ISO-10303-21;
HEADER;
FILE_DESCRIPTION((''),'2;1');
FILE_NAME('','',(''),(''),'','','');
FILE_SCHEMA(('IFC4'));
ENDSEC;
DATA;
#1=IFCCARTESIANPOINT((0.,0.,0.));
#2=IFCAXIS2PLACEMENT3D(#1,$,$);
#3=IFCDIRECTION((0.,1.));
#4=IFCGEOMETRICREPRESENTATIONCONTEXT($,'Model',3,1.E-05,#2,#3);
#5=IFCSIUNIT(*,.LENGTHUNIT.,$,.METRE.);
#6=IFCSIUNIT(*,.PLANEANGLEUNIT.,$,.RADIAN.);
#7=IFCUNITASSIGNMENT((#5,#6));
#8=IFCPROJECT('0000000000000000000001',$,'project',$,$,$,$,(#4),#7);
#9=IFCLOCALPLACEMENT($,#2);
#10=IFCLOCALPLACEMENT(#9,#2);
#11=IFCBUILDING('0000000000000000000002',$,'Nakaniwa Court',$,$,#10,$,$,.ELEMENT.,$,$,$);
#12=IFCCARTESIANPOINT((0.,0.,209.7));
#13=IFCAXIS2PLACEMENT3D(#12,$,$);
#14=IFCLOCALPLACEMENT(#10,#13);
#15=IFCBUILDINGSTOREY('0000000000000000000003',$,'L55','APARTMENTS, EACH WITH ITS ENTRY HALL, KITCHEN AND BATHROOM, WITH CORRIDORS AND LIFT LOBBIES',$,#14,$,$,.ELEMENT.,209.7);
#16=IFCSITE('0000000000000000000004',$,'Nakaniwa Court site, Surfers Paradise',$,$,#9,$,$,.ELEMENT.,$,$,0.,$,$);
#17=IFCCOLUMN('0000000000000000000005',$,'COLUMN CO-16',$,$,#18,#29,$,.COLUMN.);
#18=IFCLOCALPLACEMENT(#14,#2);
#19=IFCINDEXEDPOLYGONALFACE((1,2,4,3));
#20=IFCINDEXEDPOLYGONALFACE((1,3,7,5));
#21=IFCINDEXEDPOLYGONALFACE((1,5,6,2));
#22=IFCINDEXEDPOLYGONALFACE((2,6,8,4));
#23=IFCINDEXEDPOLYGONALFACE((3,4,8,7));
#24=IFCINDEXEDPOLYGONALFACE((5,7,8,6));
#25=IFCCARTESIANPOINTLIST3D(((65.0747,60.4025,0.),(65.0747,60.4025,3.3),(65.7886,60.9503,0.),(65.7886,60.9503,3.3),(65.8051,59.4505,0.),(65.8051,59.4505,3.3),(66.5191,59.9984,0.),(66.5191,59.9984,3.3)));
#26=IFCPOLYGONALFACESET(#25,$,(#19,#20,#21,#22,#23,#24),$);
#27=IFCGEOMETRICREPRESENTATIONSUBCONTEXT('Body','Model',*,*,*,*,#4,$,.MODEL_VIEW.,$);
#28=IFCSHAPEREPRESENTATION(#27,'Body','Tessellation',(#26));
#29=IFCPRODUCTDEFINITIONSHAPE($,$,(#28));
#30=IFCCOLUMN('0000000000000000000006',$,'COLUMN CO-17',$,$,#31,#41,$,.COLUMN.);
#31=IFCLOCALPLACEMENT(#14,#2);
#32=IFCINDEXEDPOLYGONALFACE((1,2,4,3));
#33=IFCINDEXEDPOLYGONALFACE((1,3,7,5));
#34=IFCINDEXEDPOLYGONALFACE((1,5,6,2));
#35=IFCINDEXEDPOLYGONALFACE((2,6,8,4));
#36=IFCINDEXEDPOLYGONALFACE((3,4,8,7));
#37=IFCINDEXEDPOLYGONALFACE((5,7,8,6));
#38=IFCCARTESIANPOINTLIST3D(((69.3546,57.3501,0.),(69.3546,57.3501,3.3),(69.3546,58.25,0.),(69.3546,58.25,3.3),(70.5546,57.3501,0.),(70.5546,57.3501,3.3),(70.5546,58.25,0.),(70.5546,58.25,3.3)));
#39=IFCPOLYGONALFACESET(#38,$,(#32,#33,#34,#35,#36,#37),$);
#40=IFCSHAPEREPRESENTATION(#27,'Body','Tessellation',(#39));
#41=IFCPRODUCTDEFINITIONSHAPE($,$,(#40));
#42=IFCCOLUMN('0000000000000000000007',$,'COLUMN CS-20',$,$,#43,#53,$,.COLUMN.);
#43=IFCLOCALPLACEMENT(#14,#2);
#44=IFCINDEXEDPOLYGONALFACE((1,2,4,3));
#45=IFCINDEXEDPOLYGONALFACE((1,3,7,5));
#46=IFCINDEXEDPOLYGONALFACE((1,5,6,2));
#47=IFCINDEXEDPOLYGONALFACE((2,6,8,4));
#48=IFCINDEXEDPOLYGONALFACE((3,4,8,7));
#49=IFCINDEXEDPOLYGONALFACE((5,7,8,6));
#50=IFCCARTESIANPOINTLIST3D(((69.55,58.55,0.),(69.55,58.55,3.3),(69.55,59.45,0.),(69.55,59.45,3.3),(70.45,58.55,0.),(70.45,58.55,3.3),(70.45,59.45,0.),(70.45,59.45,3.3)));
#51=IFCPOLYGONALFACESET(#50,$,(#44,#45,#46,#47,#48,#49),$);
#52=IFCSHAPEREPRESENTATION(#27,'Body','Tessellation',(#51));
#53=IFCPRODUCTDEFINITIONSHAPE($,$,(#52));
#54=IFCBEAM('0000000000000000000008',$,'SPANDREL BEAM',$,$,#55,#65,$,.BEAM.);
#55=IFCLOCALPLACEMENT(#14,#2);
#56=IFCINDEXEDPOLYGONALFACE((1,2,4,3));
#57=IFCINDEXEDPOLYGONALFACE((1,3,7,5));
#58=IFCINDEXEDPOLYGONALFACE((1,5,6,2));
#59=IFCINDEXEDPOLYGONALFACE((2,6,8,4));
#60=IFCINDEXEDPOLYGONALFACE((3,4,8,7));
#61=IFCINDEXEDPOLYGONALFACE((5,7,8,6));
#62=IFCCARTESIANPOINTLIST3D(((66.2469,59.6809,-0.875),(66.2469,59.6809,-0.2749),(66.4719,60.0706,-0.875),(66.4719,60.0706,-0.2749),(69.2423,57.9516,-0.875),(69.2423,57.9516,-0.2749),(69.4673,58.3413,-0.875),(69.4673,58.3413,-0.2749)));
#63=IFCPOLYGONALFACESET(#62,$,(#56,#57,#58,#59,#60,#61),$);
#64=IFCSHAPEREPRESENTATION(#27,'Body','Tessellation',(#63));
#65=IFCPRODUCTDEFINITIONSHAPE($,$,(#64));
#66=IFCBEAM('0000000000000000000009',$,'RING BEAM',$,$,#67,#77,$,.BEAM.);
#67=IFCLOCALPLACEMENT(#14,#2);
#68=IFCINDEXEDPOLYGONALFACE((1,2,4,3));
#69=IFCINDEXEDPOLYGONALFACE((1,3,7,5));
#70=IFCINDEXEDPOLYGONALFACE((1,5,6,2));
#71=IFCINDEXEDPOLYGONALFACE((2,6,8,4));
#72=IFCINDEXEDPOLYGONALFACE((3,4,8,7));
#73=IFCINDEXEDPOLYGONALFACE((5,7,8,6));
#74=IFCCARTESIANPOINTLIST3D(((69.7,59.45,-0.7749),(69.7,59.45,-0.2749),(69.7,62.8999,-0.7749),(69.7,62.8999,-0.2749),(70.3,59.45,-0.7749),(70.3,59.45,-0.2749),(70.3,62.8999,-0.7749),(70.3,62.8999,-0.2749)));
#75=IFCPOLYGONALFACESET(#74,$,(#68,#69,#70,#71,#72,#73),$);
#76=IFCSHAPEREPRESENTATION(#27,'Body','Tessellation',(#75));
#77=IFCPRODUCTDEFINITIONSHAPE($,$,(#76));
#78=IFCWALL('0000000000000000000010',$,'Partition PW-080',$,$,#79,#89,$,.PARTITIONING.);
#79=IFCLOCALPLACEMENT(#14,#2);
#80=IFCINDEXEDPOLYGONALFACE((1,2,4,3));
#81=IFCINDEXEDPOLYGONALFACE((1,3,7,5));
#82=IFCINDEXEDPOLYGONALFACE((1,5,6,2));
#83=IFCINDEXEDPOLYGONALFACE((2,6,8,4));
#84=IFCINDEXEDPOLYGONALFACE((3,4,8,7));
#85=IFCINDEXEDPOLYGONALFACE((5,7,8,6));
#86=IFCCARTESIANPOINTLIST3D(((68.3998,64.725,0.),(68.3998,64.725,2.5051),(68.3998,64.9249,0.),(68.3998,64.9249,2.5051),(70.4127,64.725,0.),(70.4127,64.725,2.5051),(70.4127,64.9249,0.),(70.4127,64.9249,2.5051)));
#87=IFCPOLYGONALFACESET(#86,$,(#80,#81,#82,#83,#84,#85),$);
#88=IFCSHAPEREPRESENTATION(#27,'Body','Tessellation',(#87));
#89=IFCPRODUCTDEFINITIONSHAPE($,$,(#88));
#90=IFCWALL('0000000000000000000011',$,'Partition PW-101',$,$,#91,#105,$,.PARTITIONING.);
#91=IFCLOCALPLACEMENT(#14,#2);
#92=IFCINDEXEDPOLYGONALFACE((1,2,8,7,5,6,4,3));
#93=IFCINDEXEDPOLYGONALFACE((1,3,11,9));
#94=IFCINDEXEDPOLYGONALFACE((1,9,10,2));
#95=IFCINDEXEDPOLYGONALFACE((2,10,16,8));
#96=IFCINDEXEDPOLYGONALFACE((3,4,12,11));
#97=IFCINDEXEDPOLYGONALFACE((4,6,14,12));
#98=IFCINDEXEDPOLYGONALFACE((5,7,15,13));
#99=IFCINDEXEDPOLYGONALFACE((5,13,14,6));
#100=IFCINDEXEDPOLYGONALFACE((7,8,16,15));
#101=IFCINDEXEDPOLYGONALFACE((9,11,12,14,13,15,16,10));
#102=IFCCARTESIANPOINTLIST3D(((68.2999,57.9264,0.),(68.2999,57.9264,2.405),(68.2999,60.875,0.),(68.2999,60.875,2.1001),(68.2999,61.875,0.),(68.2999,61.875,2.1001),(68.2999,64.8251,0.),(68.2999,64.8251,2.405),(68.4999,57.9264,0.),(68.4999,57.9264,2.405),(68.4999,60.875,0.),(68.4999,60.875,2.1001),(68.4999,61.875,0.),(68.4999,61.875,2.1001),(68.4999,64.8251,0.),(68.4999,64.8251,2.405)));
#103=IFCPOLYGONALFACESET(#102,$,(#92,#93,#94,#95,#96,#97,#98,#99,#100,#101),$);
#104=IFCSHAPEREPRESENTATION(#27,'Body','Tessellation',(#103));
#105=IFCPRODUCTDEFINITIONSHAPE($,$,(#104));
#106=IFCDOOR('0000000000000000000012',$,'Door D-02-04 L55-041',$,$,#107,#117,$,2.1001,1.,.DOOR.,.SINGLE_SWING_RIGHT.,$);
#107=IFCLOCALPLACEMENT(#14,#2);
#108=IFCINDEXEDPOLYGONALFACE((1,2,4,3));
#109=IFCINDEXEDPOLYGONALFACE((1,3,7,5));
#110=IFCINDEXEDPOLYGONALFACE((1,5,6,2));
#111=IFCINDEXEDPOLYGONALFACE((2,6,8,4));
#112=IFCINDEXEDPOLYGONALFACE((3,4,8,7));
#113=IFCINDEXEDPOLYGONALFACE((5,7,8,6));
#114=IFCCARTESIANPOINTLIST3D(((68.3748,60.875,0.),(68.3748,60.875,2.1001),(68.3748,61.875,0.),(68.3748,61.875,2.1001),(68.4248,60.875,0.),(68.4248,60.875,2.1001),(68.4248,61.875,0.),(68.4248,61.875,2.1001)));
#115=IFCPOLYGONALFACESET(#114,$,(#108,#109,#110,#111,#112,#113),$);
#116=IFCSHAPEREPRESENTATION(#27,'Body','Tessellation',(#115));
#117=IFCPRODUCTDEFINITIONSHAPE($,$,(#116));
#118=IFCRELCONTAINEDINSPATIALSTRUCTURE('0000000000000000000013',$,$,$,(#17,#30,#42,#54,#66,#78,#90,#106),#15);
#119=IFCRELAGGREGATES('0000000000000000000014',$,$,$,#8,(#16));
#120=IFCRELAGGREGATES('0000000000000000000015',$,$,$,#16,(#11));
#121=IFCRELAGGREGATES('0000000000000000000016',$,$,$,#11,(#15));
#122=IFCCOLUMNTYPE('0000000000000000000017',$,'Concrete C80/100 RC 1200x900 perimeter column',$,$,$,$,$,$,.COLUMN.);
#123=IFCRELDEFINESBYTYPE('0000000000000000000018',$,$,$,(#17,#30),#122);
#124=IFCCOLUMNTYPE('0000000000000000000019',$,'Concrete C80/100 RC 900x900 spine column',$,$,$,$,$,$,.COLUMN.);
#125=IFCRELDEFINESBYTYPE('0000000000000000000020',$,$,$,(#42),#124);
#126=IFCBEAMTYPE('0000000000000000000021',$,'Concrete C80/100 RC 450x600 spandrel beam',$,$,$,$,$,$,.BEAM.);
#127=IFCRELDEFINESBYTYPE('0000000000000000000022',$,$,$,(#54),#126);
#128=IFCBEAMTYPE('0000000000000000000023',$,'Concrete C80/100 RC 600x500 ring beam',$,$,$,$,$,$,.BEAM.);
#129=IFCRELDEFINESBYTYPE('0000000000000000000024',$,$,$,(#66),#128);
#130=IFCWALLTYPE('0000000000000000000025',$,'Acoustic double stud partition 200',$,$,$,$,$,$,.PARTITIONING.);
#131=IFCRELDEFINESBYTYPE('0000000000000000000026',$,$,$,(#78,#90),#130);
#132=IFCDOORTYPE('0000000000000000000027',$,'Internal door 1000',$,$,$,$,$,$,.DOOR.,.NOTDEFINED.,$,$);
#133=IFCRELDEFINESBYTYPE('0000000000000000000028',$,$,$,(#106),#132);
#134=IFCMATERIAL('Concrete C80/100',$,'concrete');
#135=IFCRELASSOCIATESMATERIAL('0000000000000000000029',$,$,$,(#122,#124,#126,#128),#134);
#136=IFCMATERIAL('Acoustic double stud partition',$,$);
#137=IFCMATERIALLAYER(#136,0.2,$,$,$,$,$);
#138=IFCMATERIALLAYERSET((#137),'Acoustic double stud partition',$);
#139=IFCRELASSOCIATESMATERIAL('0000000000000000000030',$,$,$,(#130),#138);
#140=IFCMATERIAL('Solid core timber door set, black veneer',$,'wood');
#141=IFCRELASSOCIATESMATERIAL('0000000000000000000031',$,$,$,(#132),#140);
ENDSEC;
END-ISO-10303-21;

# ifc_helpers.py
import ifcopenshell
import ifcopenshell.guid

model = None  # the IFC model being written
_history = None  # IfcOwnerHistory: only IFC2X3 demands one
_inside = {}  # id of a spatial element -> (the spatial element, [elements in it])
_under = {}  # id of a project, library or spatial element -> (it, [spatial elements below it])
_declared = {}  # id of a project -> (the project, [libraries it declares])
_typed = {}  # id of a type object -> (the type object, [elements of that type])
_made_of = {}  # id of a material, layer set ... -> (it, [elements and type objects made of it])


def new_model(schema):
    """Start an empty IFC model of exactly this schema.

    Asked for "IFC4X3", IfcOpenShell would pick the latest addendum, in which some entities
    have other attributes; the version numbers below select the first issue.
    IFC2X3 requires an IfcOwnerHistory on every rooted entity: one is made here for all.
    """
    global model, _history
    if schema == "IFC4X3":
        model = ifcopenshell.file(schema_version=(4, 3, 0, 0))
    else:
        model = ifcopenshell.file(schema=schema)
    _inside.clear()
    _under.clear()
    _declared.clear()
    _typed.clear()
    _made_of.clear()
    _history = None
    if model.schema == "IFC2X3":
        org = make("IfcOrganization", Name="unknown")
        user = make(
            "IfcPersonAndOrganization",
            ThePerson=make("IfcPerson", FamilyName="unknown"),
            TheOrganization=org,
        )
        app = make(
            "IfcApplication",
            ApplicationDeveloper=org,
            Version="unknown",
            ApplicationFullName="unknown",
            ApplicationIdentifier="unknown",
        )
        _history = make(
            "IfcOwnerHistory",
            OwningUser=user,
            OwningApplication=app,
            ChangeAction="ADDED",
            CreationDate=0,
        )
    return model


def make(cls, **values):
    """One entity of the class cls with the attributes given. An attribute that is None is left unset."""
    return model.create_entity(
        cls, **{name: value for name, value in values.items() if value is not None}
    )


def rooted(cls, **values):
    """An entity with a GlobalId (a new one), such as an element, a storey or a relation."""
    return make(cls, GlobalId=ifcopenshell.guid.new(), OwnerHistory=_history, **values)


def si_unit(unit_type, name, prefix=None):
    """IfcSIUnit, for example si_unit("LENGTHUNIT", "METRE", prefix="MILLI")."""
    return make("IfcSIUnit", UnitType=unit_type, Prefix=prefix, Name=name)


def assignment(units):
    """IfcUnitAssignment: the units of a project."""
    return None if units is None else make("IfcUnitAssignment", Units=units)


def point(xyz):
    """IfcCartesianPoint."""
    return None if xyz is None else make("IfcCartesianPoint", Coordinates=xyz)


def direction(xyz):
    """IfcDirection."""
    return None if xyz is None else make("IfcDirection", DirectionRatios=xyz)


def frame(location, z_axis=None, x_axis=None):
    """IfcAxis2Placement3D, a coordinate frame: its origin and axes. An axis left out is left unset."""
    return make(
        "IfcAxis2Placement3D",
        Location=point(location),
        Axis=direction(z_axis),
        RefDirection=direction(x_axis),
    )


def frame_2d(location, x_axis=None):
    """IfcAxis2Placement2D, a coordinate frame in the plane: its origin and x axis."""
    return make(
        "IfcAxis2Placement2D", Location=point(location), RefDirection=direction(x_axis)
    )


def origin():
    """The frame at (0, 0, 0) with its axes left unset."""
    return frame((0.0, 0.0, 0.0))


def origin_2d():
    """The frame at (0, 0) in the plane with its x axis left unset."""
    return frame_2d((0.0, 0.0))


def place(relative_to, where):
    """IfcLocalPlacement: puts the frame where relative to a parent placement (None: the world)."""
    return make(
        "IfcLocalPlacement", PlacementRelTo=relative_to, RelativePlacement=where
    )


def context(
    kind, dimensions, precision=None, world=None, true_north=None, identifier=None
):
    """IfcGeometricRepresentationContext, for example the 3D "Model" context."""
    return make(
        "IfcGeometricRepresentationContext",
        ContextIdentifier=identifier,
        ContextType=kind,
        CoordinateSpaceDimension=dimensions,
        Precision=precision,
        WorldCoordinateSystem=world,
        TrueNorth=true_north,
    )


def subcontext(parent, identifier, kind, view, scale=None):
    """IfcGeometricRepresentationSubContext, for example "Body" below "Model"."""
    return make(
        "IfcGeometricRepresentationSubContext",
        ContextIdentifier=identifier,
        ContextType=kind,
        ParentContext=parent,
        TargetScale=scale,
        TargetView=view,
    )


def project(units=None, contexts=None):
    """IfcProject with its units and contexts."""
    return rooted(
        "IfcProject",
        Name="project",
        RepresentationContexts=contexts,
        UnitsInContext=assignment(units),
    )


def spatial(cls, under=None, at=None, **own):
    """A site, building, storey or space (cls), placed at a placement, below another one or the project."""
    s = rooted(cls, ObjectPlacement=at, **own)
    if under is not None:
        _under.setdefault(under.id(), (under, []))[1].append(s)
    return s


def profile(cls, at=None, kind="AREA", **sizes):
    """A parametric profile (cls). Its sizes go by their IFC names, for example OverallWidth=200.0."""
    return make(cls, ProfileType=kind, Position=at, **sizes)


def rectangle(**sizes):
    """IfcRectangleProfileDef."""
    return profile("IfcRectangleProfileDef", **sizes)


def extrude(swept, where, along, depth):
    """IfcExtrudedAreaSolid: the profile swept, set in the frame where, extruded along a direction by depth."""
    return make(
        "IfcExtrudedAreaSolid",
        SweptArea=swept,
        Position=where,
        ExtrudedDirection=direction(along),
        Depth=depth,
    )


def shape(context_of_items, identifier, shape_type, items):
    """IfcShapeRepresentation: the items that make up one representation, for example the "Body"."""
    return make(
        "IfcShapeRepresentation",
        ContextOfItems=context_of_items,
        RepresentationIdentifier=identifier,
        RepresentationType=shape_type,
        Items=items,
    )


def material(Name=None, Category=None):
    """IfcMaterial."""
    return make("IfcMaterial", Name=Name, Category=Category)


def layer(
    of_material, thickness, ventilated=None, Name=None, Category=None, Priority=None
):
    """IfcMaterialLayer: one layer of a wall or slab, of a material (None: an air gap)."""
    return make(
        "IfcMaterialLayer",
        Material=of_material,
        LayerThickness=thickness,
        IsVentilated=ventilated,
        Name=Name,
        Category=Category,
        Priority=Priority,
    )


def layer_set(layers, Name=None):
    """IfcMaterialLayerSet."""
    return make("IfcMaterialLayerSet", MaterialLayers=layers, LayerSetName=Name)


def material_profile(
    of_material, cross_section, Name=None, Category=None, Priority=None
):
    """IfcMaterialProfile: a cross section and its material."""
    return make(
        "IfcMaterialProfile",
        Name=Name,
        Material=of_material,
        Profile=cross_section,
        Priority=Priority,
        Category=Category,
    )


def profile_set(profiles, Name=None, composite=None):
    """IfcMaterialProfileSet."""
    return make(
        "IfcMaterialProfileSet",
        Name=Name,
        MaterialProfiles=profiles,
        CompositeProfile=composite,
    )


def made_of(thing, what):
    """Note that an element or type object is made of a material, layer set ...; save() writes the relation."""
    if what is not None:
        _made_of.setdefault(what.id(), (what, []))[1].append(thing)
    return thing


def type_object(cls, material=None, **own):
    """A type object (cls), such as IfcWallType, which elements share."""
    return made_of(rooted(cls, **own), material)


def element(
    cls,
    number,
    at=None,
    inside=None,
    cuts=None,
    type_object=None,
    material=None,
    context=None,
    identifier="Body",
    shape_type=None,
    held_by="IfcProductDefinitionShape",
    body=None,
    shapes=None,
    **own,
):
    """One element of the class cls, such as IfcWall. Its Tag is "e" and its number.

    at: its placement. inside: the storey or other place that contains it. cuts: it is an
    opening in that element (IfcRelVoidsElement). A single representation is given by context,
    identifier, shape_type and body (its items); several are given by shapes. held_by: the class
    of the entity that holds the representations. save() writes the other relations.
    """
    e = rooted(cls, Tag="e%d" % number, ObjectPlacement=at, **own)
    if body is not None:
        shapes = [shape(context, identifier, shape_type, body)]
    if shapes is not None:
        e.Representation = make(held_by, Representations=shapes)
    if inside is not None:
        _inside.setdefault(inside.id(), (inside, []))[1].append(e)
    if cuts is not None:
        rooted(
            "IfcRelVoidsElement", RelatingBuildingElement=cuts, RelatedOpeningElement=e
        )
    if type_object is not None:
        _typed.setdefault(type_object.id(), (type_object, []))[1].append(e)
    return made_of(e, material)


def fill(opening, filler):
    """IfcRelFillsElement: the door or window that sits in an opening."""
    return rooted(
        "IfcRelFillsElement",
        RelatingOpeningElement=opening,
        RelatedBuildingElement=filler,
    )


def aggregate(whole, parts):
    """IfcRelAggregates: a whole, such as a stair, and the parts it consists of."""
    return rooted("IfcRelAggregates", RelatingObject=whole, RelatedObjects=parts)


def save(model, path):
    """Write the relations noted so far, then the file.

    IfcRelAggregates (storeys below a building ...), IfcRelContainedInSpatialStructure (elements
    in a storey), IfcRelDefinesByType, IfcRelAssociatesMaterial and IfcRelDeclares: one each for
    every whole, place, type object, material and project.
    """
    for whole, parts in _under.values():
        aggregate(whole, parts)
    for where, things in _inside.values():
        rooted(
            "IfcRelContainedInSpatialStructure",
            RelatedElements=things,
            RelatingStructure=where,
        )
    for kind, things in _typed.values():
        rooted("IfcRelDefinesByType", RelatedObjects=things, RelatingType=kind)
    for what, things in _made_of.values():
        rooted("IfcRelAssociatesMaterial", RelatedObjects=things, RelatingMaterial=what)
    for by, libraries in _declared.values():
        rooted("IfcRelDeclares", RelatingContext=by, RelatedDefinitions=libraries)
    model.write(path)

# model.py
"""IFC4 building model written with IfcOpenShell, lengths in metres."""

from ifc_helpers import new_model, si_unit, direction, frame, frame_2d, origin, origin_2d, place, context, subcontext, project, spatial, rectangle, extrude, material, layer, layer_set, material_profile, profile_set, type_object, element, fill, save


model = new_model("IFC4")

# Units and contexts
model_context = context("Model", 3, precision=1e-05, world=origin(), true_north=direction((0.0, 1.0)))
body_context = subcontext(model_context, "Body", "Model", "MODEL_VIEW")
ifc_project = project(units=[si_unit("LENGTHUNIT", "METRE"), si_unit("PLANEANGLEUNIT", "RADIAN")], contexts=[model_context])

# Site, building, storey
site_placement = place(None, origin())
site = spatial("IfcSite", under=ifc_project, at=site_placement, Name="Nakaniwa Court site, Surfers Paradise", CompositionType="ELEMENT", RefElevation=0.0)
building_placement = place(site_placement, origin())
building = spatial("IfcBuilding", under=site, at=building_placement, Name="Nakaniwa Court", CompositionType="ELEMENT")
storey_placement = place(building_placement, frame((0.0, 0.0, 209.7)))
storey = spatial("IfcBuildingStorey", under=building, at=storey_placement, Name="L55", Description="APARTMENTS, EACH WITH ITS ENTRY HALL, KITCHEN AND BATHROOM, WITH CORRIDORS AND LIFT LOBBIES", CompositionType="ELEMENT", Elevation=209.7)

# Columns
ifc_material_1 = material(Name="Concrete C80/100", Category="concrete")
ifc_material_profile_1 = material_profile(ifc_material_1, rectangle(XDim=1.2, YDim=0.8999, at=origin_2d()), Name="Concrete C80/100 RC 1200x900 perimeter column")
ifc_profile_set_1 = profile_set([ifc_material_profile_1], Name="Concrete C80/100")
column_type_1 = type_object("IfcColumnType", Name="Concrete C80/100 RC 1200x900 perimeter column", PredefinedType="COLUMN", material=ifc_profile_set_1)
for number, where, z_axis, x_axis, name in (
    (1, (65.7969, 60.2004, 0.0), (0.0, 0.0, 1.0), (0.608761, -0.793353, 0.0), "COLUMN CO-16"),
    (2, (69.9546, 57.8, 0.0), (0.0, 0.0, 1.0), (1.0, 0.0, 0.0), "COLUMN CO-17"),
):
    element("IfcColumn", number, at=place(storey_placement, frame(where, z_axis=z_axis, x_axis=x_axis)), inside=storey, type_object=column_type_1, Name=name, PredefinedType="COLUMN", context=body_context, shape_type="SweptSolid", body=[
        extrude(rectangle(XDim=1.2, YDim=0.8999, at=origin_2d()), origin(), (0.0, 0.0, 1.0), 3.3),
    ])
ifc_material_profile_2 = material_profile(ifc_material_1, rectangle(XDim=0.8999, YDim=0.8999, at=origin_2d()), Name="Concrete C80/100 RC 900x900 spine column")
ifc_profile_set_2 = profile_set([ifc_material_profile_2], Name="Concrete C80/100")
column_type_2 = type_object("IfcColumnType", Name="Concrete C80/100 RC 900x900 spine column", PredefinedType="COLUMN", material=ifc_profile_set_2)
column_placement = place(storey_placement, frame((70.0, 59.0, 0.0), z_axis=(0.0, 0.0, 1.0), x_axis=(0.0, -1.0, 0.0)))
element("IfcColumn", 3, at=column_placement, inside=storey, type_object=column_type_2, Name="COLUMN CS-20", PredefinedType="COLUMN", context=body_context, shape_type="SweptSolid", body=[
    extrude(rectangle(XDim=0.8999, YDim=0.8999, at=origin_2d()), origin(), (0.0, 0.0, 1.0), 3.3),
])

# Beams
ifc_material_profile_3 = material_profile(ifc_material_1, rectangle(XDim=0.45, YDim=0.6001, at=origin_2d()), Name="Concrete C80/100 RC 450x600 spandrel beam")
ifc_profile_set_3 = profile_set([ifc_material_profile_3], Name="Concrete C80/100")
beam_type_1 = type_object("IfcBeamType", Name="Concrete C80/100 RC 450x600 spandrel beam", PredefinedType="BEAM", material=ifc_profile_set_3)
beam_1_placement = place(storey_placement, frame((66.3594, 59.8757, -0.575), z_axis=(0.866041, -0.499973, 0.0), x_axis=(0.499973, 0.866041, 0.0)))
element("IfcBeam", 4, at=beam_1_placement, inside=storey, type_object=beam_type_1, Name="SPANDREL BEAM", PredefinedType="BEAM", context=body_context, shape_type="SweptSolid", body=[
    extrude(rectangle(XDim=0.45, YDim=0.6001, at=origin_2d()), origin(), (0.0, 0.0, 1.0), 3.4587),
])
ifc_material_profile_4 = material_profile(ifc_material_1, rectangle(XDim=0.6001, YDim=0.5, at=origin_2d()), Name="Concrete C80/100 RC 600x500 ring beam")
ifc_profile_set_4 = profile_set([ifc_material_profile_4], Name="Concrete C80/100")
beam_type_2 = type_object("IfcBeamType", Name="Concrete C80/100 RC 600x500 ring beam", PredefinedType="BEAM", material=ifc_profile_set_4)
beam_2_placement = place(storey_placement, frame((70.0, 62.8999, -0.5249), z_axis=(0.0, -1.0, 0.0), x_axis=(1.0, 0.0, 0.0)))
element("IfcBeam", 5, at=beam_2_placement, inside=storey, type_object=beam_type_2, Name="RING BEAM", PredefinedType="BEAM", context=body_context, shape_type="SweptSolid", body=[
    extrude(rectangle(XDim=0.6001, YDim=0.5, at=origin_2d()), origin(), (0.0, 0.0, 1.0), 3.45),
])

# Wall
ifc_material_2 = material(Name="Acoustic double stud partition")
ifc_layer_1 = layer(ifc_material_2, 0.2)
ifc_layer_set_1 = layer_set([ifc_layer_1], Name="Acoustic double stud partition")
wall_type_1 = type_object("IfcWallType", Name="Acoustic double stud partition 200", PredefinedType="PARTITIONING", material=ifc_layer_set_1)
wall_1_placement = place(storey_placement, frame((68.3999, 64.825, 0.0), z_axis=(0.0, 0.0, 1.0), x_axis=(1.0, 0.0, 0.0)))
element("IfcWall", 6, at=wall_1_placement, inside=storey, type_object=wall_type_1, Name="Partition PW-080", PredefinedType="PARTITIONING", context=body_context, shape_type="SweptSolid", body=[
    extrude(rectangle(XDim=2.0129, YDim=0.2, at=frame_2d((1.0063, 0.0))), origin(), (0.0, 0.0, 1.0), 2.5051),
])

# Wall, opening, door
wall_2_placement = place(storey_placement, frame((68.3999, 64.825, 0.0), z_axis=(0.0, 0.0, 1.0), x_axis=(0.0, -1.0, 0.0)))
wall_2 = element("IfcWall", 7, at=wall_2_placement, inside=storey, type_object=wall_type_1, Name="Partition PW-101", PredefinedType="PARTITIONING", context=body_context, shape_type="SweptSolid", body=[
    extrude(rectangle(XDim=6.8987, YDim=0.2, at=frame_2d((3.4492, 0.0))), origin(), (0.0, 0.0, 1.0), 2.405),
])
opening_1_placement = place(wall_2_placement, frame((2.95, 0.0, 0.0)))
opening_1 = element("IfcOpeningElement", 8, at=opening_1_placement, cuts=wall_2, PredefinedType="OPENING", context=body_context, shape_type="SweptSolid", body=[
    extrude(rectangle(XDim=1.0, YDim=2.1001, at=frame_2d((0.5, 1.05))), frame((0.0, 0.1099, 0.0), z_axis=(0.0, -1.0, 0.0), x_axis=(1.0, 0.0, 0.0)), (0.0, 0.0, 1.0), 0.22),
])
ifc_material_3 = material(Name="Solid core timber door set, black veneer", Category="wood")
door_type_1 = type_object("IfcDoorType", Name="Internal door 1000", OperationType="NOTDEFINED", PredefinedType="DOOR", material=ifc_material_3)
door_1_placement = place(opening_1_placement, origin())
door_1 = element("IfcDoor", 9, at=door_1_placement, inside=storey, type_object=door_type_1, Name="Door D-02-04 L55-041", OperationType="SINGLE_SWING_RIGHT", OverallHeight=2.1001, OverallWidth=1.0, PredefinedType="DOOR", context=body_context, shape_type="SweptSolid", body=[
    extrude(rectangle(XDim=1.0, YDim=2.1001, at=frame_2d((0.5, 1.05))), frame((0.0, 0.0249, 0.0), z_axis=(0.0, -1.0, 0.0), x_axis=(1.0, 0.0, 0.0)), (0.0, 0.0, 1.0), 0.05),
])
fill(opening_1, door_1)

save(model, "model.ifc")
